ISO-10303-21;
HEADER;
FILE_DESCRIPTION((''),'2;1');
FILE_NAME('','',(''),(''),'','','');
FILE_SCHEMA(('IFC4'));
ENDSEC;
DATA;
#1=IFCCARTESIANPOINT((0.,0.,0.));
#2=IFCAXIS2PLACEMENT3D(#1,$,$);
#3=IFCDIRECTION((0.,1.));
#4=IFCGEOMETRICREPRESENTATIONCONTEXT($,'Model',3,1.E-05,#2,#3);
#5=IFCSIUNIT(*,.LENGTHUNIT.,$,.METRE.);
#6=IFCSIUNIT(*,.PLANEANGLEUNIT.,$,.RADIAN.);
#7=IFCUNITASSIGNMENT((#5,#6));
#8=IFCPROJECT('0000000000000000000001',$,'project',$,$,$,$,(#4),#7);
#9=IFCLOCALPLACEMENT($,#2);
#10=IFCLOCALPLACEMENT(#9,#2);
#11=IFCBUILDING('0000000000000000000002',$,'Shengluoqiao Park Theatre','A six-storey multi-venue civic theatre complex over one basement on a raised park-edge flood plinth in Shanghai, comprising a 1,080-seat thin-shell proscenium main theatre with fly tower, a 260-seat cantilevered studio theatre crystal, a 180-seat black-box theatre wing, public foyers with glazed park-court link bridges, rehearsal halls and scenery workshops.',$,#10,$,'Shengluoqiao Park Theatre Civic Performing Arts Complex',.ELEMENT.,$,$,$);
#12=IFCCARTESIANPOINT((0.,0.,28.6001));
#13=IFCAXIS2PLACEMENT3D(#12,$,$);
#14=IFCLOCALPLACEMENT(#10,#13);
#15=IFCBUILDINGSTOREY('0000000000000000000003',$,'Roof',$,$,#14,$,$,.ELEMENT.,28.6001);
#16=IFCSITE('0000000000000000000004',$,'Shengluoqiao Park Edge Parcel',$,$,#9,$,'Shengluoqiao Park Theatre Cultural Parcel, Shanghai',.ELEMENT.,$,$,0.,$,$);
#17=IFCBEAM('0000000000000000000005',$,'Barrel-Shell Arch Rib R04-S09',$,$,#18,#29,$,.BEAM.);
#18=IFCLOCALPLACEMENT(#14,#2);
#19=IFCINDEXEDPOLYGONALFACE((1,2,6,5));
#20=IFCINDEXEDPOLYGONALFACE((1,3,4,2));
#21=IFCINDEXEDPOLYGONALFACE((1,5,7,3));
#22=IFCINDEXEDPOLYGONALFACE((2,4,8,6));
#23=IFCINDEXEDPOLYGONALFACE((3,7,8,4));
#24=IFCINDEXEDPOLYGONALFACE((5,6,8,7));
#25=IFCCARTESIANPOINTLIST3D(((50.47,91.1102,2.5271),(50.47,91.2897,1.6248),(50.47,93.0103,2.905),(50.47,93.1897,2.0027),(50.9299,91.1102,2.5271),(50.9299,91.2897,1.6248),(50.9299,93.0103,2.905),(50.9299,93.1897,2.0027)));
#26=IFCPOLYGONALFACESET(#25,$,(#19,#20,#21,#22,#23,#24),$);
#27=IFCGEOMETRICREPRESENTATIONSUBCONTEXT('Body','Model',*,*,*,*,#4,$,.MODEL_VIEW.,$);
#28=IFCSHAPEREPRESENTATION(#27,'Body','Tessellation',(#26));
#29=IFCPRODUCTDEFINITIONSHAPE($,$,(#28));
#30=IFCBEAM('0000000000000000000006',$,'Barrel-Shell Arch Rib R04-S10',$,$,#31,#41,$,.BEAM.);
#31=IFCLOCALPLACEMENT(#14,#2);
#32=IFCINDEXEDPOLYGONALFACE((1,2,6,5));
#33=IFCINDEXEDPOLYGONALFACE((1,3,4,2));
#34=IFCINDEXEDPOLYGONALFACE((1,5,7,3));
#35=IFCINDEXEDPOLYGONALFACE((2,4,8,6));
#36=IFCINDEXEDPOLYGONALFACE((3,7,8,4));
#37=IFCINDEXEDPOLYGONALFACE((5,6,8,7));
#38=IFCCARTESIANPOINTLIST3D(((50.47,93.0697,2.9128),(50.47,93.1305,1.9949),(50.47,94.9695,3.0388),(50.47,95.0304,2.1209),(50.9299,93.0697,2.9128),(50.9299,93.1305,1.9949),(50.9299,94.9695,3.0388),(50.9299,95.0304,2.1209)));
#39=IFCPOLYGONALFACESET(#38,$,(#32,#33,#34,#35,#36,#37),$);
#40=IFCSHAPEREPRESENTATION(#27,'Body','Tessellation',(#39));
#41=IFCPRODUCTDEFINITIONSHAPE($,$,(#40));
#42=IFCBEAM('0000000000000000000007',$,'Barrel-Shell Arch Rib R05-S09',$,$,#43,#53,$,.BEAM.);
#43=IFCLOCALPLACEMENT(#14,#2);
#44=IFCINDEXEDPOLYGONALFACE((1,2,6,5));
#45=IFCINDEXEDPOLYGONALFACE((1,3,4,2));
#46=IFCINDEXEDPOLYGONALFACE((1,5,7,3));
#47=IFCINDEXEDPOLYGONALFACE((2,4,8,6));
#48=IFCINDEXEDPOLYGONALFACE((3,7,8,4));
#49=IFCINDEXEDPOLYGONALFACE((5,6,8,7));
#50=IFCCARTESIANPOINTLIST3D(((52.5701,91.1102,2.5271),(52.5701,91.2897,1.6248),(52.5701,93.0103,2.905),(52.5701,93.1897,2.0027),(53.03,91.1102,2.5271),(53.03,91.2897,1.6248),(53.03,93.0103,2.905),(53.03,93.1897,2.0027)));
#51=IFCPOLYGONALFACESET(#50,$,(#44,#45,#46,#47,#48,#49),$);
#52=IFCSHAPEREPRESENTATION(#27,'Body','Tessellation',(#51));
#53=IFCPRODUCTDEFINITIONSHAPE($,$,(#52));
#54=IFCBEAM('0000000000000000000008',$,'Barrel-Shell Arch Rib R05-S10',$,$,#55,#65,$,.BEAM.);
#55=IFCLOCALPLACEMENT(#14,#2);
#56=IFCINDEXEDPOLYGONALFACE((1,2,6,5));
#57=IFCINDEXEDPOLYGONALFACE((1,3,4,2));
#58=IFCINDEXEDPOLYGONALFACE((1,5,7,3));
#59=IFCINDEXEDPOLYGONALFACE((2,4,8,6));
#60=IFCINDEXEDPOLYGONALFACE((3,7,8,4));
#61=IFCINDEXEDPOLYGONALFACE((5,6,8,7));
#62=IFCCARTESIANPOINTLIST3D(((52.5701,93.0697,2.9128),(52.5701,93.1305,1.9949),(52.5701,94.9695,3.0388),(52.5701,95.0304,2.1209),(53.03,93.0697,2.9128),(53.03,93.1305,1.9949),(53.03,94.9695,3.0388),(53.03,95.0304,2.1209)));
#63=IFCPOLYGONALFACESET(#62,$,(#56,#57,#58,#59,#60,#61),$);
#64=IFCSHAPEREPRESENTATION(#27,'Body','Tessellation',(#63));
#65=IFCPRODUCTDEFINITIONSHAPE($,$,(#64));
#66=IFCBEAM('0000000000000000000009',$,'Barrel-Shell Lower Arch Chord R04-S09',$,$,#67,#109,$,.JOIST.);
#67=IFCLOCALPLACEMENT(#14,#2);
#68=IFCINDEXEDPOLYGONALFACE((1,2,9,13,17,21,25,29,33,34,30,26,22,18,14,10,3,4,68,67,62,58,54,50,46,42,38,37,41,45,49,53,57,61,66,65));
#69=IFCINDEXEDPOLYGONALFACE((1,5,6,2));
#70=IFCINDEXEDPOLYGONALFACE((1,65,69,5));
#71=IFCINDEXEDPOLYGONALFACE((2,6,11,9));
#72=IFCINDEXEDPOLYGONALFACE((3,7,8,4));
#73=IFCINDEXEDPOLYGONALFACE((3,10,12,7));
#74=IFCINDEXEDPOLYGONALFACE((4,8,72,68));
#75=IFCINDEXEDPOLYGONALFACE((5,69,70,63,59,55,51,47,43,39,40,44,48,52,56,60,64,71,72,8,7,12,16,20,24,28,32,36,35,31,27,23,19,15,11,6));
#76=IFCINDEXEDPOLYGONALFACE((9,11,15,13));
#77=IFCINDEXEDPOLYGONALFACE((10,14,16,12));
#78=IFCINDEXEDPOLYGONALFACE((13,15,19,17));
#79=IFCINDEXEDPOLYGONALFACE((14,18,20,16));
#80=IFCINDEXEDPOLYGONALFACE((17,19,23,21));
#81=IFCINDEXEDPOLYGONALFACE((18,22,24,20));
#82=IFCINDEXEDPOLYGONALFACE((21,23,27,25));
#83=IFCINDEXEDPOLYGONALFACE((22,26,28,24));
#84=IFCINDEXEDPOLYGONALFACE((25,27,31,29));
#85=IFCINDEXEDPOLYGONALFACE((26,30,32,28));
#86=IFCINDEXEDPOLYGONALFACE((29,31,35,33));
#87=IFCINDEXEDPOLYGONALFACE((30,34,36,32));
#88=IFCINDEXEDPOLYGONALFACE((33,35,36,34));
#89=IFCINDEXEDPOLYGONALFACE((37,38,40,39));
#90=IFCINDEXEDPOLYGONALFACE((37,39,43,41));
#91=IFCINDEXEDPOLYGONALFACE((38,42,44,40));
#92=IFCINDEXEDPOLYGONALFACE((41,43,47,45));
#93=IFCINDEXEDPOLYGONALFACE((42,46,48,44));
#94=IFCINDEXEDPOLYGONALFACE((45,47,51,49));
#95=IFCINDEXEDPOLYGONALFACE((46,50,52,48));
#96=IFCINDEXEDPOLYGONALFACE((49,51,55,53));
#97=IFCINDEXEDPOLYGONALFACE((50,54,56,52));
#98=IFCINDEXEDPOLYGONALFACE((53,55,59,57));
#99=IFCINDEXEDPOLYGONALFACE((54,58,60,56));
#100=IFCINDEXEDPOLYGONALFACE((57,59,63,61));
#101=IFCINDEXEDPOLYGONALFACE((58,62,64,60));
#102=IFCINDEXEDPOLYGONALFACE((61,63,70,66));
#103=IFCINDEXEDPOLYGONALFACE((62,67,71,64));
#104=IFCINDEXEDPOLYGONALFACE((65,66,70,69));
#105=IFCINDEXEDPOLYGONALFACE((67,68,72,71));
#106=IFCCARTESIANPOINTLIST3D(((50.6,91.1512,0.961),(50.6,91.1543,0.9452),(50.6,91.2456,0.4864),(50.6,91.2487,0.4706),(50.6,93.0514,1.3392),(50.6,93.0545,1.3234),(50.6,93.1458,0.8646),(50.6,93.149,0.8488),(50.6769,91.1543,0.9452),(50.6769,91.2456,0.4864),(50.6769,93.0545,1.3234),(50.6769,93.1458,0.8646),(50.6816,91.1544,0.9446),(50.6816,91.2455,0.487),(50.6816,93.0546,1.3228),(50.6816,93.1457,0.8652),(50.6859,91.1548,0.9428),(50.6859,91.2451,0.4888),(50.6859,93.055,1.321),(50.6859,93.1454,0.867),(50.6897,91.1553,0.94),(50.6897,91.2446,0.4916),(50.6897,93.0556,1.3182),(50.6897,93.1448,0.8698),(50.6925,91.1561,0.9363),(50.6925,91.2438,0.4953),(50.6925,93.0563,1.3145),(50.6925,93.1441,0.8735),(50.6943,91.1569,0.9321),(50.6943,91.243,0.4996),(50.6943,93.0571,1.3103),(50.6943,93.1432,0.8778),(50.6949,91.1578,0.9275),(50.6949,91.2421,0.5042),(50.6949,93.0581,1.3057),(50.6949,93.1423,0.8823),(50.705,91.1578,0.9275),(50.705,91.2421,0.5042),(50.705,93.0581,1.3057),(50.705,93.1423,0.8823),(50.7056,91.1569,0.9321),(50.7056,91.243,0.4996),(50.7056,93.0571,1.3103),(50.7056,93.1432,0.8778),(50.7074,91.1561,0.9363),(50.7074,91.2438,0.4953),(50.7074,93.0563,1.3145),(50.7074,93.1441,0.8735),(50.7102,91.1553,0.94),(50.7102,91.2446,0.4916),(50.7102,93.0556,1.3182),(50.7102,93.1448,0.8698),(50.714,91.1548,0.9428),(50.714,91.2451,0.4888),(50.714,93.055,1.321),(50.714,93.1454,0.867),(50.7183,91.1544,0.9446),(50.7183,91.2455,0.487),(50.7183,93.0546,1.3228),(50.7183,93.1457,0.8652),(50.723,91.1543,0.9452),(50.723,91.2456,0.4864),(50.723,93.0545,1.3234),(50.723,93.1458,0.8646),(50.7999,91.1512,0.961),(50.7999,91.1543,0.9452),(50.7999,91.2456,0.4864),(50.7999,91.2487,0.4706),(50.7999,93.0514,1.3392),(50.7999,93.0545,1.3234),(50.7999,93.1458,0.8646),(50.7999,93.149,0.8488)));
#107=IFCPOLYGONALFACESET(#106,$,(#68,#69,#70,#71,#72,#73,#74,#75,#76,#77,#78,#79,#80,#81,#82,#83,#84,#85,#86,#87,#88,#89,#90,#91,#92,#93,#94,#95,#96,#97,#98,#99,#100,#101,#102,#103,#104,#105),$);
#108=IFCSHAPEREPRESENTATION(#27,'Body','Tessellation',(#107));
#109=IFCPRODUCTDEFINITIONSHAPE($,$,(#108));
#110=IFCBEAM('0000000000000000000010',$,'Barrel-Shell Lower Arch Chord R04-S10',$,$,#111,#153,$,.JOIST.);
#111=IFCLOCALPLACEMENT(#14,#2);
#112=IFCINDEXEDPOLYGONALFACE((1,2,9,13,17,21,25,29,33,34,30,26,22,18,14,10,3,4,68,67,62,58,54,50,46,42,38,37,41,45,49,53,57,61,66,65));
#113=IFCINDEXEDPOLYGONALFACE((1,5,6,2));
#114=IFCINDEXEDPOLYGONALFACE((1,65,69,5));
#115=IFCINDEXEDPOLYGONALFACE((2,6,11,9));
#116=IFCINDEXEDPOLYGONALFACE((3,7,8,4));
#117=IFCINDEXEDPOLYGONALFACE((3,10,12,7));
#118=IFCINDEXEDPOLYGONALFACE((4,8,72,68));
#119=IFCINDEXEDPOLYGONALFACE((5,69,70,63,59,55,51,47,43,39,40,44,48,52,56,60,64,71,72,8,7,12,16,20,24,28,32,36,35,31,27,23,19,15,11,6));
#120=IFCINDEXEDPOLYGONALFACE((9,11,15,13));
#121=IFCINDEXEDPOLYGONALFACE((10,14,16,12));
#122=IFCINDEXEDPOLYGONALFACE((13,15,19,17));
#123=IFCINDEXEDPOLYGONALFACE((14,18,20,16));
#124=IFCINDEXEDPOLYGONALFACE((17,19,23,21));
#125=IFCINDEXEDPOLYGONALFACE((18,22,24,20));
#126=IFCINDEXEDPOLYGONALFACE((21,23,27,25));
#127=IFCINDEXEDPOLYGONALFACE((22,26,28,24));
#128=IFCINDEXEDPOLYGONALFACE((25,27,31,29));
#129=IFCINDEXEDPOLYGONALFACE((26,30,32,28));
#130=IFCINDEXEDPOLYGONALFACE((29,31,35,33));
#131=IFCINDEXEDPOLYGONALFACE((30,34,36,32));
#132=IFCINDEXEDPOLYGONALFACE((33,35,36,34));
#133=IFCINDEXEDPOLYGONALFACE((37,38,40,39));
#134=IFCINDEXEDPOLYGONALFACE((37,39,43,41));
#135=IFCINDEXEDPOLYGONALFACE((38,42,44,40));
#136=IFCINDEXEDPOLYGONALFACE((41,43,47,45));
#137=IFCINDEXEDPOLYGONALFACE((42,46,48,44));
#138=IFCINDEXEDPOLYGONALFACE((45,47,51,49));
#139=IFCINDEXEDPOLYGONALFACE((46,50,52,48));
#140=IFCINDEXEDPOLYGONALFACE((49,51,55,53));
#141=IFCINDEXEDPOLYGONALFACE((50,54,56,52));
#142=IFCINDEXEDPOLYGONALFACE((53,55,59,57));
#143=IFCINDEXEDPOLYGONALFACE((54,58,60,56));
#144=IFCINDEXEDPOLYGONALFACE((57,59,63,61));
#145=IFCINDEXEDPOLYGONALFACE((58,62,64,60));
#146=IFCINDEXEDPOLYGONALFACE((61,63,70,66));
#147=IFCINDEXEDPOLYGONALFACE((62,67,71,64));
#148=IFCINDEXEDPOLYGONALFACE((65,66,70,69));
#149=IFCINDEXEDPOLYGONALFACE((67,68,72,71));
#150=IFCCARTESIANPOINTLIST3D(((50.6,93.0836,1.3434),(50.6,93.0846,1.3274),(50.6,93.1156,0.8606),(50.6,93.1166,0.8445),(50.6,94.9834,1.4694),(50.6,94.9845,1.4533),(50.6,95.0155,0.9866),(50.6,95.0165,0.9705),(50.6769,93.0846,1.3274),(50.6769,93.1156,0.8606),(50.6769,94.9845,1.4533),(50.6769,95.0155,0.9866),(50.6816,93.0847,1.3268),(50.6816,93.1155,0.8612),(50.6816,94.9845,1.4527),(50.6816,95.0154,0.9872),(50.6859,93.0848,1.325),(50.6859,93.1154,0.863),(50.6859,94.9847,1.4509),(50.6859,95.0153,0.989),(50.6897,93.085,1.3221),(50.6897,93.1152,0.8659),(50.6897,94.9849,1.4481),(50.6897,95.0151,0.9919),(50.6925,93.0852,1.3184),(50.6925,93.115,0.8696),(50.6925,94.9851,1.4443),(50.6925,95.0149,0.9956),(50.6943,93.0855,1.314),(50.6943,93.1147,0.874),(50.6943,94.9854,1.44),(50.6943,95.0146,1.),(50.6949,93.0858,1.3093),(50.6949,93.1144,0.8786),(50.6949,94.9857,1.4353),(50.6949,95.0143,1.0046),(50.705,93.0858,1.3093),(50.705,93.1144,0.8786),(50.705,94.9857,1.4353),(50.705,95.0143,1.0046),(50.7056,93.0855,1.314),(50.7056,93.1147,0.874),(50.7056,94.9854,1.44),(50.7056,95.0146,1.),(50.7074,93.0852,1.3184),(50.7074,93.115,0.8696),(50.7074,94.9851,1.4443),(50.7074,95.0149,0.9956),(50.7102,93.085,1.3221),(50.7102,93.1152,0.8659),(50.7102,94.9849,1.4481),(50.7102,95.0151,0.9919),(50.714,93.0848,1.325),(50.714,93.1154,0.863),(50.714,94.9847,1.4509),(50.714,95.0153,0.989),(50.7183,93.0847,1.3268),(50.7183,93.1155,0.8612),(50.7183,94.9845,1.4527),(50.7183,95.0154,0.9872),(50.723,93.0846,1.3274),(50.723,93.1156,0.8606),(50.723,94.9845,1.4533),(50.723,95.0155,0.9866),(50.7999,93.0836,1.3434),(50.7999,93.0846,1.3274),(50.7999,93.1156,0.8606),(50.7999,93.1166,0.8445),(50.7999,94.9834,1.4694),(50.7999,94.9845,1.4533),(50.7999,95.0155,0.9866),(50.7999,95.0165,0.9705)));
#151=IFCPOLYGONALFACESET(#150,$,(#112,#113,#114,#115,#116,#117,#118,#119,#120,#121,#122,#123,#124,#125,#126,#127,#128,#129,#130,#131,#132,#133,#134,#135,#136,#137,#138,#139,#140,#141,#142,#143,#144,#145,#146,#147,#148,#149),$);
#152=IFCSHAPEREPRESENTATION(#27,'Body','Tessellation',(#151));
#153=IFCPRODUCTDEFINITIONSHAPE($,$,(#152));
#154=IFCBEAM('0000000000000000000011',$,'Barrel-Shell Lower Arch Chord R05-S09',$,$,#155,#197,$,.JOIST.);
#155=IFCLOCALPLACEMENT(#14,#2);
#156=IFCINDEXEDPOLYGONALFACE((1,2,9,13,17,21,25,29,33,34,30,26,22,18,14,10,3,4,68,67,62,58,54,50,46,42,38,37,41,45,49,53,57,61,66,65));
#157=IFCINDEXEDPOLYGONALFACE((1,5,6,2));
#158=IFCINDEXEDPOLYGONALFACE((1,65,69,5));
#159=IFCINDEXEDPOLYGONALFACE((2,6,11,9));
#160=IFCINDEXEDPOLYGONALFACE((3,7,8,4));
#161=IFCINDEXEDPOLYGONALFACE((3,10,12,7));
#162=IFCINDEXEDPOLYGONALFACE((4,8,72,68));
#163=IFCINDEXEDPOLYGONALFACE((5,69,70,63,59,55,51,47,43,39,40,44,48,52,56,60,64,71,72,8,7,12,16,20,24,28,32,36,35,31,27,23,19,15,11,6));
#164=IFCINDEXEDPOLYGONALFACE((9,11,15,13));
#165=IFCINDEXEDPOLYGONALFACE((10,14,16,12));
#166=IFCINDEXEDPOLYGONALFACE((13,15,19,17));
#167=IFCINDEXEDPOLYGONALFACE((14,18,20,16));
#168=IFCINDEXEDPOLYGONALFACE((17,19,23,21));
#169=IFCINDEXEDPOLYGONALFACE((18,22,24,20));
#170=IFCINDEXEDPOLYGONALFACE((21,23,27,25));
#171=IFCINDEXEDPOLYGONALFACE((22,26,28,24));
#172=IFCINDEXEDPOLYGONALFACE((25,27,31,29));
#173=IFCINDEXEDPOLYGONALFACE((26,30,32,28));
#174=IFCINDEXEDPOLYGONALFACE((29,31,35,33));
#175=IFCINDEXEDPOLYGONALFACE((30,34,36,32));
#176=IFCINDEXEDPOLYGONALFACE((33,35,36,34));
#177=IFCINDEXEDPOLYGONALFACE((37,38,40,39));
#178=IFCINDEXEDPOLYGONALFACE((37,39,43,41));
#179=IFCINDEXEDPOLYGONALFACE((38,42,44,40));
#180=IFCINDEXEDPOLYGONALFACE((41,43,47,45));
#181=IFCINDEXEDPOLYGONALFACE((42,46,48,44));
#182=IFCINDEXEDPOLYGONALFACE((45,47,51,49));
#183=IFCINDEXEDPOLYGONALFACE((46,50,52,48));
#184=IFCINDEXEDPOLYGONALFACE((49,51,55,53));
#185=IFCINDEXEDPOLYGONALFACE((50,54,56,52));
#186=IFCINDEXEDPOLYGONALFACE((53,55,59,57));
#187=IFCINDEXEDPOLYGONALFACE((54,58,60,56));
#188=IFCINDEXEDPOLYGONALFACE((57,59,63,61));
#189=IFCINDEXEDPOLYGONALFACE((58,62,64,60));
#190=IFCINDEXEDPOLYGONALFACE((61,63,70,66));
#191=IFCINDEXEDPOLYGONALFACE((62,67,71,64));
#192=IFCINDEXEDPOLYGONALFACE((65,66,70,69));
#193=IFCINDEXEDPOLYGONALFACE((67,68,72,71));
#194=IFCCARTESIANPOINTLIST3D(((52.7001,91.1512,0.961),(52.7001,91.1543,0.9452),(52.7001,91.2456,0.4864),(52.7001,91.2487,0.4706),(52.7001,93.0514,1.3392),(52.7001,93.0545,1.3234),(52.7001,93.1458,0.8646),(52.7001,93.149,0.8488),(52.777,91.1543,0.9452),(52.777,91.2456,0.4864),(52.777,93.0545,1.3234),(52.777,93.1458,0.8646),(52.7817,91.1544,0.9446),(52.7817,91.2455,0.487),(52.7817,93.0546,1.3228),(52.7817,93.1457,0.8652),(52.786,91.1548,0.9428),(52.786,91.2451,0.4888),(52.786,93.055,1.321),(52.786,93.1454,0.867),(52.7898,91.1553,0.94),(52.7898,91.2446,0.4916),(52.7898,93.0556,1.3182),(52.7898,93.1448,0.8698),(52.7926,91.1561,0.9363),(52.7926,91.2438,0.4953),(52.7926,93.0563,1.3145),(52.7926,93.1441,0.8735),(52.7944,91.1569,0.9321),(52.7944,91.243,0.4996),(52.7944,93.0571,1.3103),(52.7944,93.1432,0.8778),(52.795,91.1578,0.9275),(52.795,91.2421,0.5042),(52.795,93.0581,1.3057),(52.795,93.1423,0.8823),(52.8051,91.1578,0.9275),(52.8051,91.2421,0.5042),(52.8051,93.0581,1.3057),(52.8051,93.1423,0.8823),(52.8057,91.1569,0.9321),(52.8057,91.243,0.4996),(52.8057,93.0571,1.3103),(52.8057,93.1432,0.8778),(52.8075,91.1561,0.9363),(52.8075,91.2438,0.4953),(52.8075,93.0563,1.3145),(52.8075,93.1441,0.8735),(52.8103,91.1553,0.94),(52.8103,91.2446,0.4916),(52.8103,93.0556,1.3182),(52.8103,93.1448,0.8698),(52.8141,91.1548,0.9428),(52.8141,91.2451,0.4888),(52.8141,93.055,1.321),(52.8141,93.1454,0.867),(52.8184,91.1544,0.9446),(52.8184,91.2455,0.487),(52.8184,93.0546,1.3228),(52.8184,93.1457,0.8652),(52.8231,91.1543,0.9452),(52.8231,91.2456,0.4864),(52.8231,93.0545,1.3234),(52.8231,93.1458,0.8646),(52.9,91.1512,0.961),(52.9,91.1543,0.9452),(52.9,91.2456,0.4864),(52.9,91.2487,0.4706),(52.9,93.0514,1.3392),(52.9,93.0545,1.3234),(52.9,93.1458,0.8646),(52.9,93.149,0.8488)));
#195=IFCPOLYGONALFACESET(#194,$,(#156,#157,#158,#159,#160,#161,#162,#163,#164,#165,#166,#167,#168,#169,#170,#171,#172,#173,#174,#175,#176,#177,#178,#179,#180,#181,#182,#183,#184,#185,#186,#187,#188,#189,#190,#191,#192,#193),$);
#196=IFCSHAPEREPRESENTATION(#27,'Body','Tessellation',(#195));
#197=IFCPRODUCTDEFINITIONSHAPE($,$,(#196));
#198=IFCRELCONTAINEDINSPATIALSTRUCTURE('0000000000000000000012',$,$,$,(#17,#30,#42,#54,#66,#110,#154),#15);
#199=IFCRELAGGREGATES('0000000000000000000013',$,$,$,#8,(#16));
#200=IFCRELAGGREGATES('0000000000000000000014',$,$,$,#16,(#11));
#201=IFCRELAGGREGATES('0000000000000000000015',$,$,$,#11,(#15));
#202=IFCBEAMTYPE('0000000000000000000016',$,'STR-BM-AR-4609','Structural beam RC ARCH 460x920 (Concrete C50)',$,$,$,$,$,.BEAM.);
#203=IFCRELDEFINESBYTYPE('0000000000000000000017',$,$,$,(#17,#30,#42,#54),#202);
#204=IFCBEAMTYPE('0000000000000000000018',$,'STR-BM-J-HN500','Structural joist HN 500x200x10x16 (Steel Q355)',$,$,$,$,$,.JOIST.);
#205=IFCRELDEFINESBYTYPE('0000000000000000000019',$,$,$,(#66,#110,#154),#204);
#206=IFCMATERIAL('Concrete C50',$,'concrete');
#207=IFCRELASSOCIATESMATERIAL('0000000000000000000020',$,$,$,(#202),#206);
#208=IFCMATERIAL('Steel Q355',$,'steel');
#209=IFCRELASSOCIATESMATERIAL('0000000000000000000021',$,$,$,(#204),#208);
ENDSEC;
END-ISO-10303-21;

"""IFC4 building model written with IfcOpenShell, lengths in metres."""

from ifc_helpers import new_model, si_unit, direction, frame, origin, origin_2d, place, context, subcontext, project, spatial, rectangle, i_section, extrude, material, material_profile, profile_set, type_object, element, save


model = new_model("IFC4")

# Units and contexts
model_context = context("Model", 3, precision=1e-05, world=origin(), true_north=direction((0.0, 1.0)))
body_context = subcontext(model_context, "Body", "Model", "MODEL_VIEW")
ifc_project = project(units=[si_unit("LENGTHUNIT", "METRE"), si_unit("PLANEANGLEUNIT", "RADIAN")], contexts=[model_context])

# Site, building, storey
site_placement = place(None, origin())
site = spatial("IfcSite", under=ifc_project, at=site_placement, Name="Shengluoqiao Park Edge Parcel", LongName="Shengluoqiao Park Theatre Cultural Parcel, Shanghai", CompositionType="ELEMENT", RefElevation=0.0)
building_placement = place(site_placement, origin())
building = spatial("IfcBuilding", under=site, at=building_placement, Name="Shengluoqiao Park Theatre", Description="A six-storey multi-venue civic theatre complex over one basement on a raised park-edge flood plinth in Shanghai, comprising a 1,080-seat thin-shell proscenium main theatre with fly tower, a 260-seat cantilevered studio theatre crystal, a 180-seat black-box theatre wing, public foyers with glazed park-court link bridges, rehearsal halls and scenery workshops.", LongName="Shengluoqiao Park Theatre Civic Performing Arts Complex", CompositionType="ELEMENT")
storey_placement = place(building_placement, frame((0.0, 0.0, 28.6001)))
storey = spatial("IfcBuildingStorey", under=building, at=storey_placement, Name="Roof", CompositionType="ELEMENT", Elevation=28.6001)

# Beams
ifc_material_1 = material(Name="Concrete C50", Category="concrete")
ifc_material_profile_1 = material_profile(ifc_material_1, rectangle(XDim=0.46, YDim=0.9199, at=origin_2d()), Name="RC ARCH 460x920")
ifc_profile_set_1 = profile_set([ifc_material_profile_1], Name="Concrete C50")
beam_type_1 = type_object("IfcBeamType", Name="STR-BM-AR-4609", Description="Structural beam RC ARCH 460x920 (Concrete C50)", PredefinedType="BEAM", material=ifc_profile_set_1)
beam_1_placement = place(storey_placement, frame((50.7, 91.2, 2.0759), z_axis=(0.0, 0.980789, 0.195074), x_axis=(-1.0, 0.0, 0.0)))
element("IfcBeam", 1, at=beam_1_placement, inside=storey, type_object=beam_type_1, Name="Barrel-Shell Arch Rib R04-S09", PredefinedType="BEAM", context=body_context, shape_type="SweptSolid", body=[
    extrude(rectangle(XDim=0.46, YDim=0.9199, at=origin_2d()), origin(), (0.0, 0.0, 1.0), 1.9373),
])
beam_2_placement = place(storey_placement, frame((50.7, 93.1001, 2.4539), z_axis=(0.0, 0.997809, 0.066162), x_axis=(-1.0, 0.0, 0.0)))
element("IfcBeam", 2, at=beam_2_placement, inside=storey, type_object=beam_type_1, Name="Barrel-Shell Arch Rib R04-S10", PredefinedType="BEAM", context=body_context, shape_type="SweptSolid", body=[
    extrude(rectangle(XDim=0.46, YDim=0.9199, at=origin_2d()), origin(), (0.0, 0.0, 1.0), 1.9041),
])
beam_3_placement = place(storey_placement, frame((52.8, 91.2, 2.0759), z_axis=(0.0, 0.980789, 0.195074), x_axis=(-1.0, 0.0, 0.0)))
element("IfcBeam", 3, at=beam_3_placement, inside=storey, type_object=beam_type_1, Name="Barrel-Shell Arch Rib R05-S09", PredefinedType="BEAM", context=body_context, shape_type="SweptSolid", body=[
    extrude(rectangle(XDim=0.46, YDim=0.9199, at=origin_2d()), origin(), (0.0, 0.0, 1.0), 1.9373),
])
beam_4_placement = place(storey_placement, frame((52.8, 93.1001, 2.4539), z_axis=(0.0, 0.997809, 0.066162), x_axis=(-1.0, 0.0, 0.0)))
element("IfcBeam", 4, at=beam_4_placement, inside=storey, type_object=beam_type_1, Name="Barrel-Shell Arch Rib R05-S10", PredefinedType="BEAM", context=body_context, shape_type="SweptSolid", body=[
    extrude(rectangle(XDim=0.46, YDim=0.9199, at=origin_2d()), origin(), (0.0, 0.0, 1.0), 1.9041),
])
ifc_material_2 = material(Name="Steel Q355", Category="steel")
ifc_material_profile_2 = material_profile(ifc_material_2, i_section(OverallWidth=0.2, OverallDepth=0.5, WebThickness=0.01, FlangeThickness=0.0161, FilletRadius=0.0181, at=origin_2d()), Name="HN 500x200x10x16")
ifc_profile_set_2 = profile_set([ifc_material_profile_2], Name="Steel Q355")
beam_type_2 = type_object("IfcBeamType", Name="STR-BM-J-HN500", Description="Structural joist HN 500x200x10x16 (Steel Q355)", PredefinedType="JOIST", material=ifc_profile_set_2)
beam_5_placement = place(storey_placement, frame((50.7, 91.2, 0.7158), z_axis=(0.0, 0.980764, 0.195195), x_axis=(-1.0, 0.0, 0.0)))
element("IfcBeam", 5, at=beam_5_placement, inside=storey, type_object=beam_type_2, Name="Barrel-Shell Lower Arch Chord R04-S09", PredefinedType="JOIST", context=body_context, shape_type="SweptSolid", body=[
    extrude(i_section(OverallWidth=0.2, OverallDepth=0.5, WebThickness=0.01, FlangeThickness=0.0161, FilletRadius=0.0181, at=origin_2d()), origin(), (0.0, 0.0, 1.0), 1.9375),
])
beam_6_placement = place(storey_placement, frame((50.7, 93.1001, 1.094), z_axis=(0.0, 0.997809, 0.066162), x_axis=(-1.0, 0.0, 0.0)))
element("IfcBeam", 6, at=beam_6_placement, inside=storey, type_object=beam_type_2, Name="Barrel-Shell Lower Arch Chord R04-S10", PredefinedType="JOIST", context=body_context, shape_type="SweptSolid", body=[
    extrude(i_section(OverallWidth=0.2, OverallDepth=0.5, WebThickness=0.01, FlangeThickness=0.0161, FilletRadius=0.0181, at=origin_2d()), origin(), (0.0, 0.0, 1.0), 1.9041),
])
beam_7_placement = place(storey_placement, frame((52.8, 91.2, 0.7158), z_axis=(0.0, 0.980764, 0.195195), x_axis=(-1.0, 0.0, 0.0)))
element("IfcBeam", 7, at=beam_7_placement, inside=storey, type_object=beam_type_2, Name="Barrel-Shell Lower Arch Chord R05-S09", PredefinedType="JOIST", context=body_context, shape_type="SweptSolid", body=[
    extrude(i_section(OverallWidth=0.2, OverallDepth=0.5, WebThickness=0.01, FlangeThickness=0.0161, FilletRadius=0.0181, at=origin_2d()), origin(), (0.0, 0.0, 1.0), 1.9375),
])

save(model, "model.ifc")
